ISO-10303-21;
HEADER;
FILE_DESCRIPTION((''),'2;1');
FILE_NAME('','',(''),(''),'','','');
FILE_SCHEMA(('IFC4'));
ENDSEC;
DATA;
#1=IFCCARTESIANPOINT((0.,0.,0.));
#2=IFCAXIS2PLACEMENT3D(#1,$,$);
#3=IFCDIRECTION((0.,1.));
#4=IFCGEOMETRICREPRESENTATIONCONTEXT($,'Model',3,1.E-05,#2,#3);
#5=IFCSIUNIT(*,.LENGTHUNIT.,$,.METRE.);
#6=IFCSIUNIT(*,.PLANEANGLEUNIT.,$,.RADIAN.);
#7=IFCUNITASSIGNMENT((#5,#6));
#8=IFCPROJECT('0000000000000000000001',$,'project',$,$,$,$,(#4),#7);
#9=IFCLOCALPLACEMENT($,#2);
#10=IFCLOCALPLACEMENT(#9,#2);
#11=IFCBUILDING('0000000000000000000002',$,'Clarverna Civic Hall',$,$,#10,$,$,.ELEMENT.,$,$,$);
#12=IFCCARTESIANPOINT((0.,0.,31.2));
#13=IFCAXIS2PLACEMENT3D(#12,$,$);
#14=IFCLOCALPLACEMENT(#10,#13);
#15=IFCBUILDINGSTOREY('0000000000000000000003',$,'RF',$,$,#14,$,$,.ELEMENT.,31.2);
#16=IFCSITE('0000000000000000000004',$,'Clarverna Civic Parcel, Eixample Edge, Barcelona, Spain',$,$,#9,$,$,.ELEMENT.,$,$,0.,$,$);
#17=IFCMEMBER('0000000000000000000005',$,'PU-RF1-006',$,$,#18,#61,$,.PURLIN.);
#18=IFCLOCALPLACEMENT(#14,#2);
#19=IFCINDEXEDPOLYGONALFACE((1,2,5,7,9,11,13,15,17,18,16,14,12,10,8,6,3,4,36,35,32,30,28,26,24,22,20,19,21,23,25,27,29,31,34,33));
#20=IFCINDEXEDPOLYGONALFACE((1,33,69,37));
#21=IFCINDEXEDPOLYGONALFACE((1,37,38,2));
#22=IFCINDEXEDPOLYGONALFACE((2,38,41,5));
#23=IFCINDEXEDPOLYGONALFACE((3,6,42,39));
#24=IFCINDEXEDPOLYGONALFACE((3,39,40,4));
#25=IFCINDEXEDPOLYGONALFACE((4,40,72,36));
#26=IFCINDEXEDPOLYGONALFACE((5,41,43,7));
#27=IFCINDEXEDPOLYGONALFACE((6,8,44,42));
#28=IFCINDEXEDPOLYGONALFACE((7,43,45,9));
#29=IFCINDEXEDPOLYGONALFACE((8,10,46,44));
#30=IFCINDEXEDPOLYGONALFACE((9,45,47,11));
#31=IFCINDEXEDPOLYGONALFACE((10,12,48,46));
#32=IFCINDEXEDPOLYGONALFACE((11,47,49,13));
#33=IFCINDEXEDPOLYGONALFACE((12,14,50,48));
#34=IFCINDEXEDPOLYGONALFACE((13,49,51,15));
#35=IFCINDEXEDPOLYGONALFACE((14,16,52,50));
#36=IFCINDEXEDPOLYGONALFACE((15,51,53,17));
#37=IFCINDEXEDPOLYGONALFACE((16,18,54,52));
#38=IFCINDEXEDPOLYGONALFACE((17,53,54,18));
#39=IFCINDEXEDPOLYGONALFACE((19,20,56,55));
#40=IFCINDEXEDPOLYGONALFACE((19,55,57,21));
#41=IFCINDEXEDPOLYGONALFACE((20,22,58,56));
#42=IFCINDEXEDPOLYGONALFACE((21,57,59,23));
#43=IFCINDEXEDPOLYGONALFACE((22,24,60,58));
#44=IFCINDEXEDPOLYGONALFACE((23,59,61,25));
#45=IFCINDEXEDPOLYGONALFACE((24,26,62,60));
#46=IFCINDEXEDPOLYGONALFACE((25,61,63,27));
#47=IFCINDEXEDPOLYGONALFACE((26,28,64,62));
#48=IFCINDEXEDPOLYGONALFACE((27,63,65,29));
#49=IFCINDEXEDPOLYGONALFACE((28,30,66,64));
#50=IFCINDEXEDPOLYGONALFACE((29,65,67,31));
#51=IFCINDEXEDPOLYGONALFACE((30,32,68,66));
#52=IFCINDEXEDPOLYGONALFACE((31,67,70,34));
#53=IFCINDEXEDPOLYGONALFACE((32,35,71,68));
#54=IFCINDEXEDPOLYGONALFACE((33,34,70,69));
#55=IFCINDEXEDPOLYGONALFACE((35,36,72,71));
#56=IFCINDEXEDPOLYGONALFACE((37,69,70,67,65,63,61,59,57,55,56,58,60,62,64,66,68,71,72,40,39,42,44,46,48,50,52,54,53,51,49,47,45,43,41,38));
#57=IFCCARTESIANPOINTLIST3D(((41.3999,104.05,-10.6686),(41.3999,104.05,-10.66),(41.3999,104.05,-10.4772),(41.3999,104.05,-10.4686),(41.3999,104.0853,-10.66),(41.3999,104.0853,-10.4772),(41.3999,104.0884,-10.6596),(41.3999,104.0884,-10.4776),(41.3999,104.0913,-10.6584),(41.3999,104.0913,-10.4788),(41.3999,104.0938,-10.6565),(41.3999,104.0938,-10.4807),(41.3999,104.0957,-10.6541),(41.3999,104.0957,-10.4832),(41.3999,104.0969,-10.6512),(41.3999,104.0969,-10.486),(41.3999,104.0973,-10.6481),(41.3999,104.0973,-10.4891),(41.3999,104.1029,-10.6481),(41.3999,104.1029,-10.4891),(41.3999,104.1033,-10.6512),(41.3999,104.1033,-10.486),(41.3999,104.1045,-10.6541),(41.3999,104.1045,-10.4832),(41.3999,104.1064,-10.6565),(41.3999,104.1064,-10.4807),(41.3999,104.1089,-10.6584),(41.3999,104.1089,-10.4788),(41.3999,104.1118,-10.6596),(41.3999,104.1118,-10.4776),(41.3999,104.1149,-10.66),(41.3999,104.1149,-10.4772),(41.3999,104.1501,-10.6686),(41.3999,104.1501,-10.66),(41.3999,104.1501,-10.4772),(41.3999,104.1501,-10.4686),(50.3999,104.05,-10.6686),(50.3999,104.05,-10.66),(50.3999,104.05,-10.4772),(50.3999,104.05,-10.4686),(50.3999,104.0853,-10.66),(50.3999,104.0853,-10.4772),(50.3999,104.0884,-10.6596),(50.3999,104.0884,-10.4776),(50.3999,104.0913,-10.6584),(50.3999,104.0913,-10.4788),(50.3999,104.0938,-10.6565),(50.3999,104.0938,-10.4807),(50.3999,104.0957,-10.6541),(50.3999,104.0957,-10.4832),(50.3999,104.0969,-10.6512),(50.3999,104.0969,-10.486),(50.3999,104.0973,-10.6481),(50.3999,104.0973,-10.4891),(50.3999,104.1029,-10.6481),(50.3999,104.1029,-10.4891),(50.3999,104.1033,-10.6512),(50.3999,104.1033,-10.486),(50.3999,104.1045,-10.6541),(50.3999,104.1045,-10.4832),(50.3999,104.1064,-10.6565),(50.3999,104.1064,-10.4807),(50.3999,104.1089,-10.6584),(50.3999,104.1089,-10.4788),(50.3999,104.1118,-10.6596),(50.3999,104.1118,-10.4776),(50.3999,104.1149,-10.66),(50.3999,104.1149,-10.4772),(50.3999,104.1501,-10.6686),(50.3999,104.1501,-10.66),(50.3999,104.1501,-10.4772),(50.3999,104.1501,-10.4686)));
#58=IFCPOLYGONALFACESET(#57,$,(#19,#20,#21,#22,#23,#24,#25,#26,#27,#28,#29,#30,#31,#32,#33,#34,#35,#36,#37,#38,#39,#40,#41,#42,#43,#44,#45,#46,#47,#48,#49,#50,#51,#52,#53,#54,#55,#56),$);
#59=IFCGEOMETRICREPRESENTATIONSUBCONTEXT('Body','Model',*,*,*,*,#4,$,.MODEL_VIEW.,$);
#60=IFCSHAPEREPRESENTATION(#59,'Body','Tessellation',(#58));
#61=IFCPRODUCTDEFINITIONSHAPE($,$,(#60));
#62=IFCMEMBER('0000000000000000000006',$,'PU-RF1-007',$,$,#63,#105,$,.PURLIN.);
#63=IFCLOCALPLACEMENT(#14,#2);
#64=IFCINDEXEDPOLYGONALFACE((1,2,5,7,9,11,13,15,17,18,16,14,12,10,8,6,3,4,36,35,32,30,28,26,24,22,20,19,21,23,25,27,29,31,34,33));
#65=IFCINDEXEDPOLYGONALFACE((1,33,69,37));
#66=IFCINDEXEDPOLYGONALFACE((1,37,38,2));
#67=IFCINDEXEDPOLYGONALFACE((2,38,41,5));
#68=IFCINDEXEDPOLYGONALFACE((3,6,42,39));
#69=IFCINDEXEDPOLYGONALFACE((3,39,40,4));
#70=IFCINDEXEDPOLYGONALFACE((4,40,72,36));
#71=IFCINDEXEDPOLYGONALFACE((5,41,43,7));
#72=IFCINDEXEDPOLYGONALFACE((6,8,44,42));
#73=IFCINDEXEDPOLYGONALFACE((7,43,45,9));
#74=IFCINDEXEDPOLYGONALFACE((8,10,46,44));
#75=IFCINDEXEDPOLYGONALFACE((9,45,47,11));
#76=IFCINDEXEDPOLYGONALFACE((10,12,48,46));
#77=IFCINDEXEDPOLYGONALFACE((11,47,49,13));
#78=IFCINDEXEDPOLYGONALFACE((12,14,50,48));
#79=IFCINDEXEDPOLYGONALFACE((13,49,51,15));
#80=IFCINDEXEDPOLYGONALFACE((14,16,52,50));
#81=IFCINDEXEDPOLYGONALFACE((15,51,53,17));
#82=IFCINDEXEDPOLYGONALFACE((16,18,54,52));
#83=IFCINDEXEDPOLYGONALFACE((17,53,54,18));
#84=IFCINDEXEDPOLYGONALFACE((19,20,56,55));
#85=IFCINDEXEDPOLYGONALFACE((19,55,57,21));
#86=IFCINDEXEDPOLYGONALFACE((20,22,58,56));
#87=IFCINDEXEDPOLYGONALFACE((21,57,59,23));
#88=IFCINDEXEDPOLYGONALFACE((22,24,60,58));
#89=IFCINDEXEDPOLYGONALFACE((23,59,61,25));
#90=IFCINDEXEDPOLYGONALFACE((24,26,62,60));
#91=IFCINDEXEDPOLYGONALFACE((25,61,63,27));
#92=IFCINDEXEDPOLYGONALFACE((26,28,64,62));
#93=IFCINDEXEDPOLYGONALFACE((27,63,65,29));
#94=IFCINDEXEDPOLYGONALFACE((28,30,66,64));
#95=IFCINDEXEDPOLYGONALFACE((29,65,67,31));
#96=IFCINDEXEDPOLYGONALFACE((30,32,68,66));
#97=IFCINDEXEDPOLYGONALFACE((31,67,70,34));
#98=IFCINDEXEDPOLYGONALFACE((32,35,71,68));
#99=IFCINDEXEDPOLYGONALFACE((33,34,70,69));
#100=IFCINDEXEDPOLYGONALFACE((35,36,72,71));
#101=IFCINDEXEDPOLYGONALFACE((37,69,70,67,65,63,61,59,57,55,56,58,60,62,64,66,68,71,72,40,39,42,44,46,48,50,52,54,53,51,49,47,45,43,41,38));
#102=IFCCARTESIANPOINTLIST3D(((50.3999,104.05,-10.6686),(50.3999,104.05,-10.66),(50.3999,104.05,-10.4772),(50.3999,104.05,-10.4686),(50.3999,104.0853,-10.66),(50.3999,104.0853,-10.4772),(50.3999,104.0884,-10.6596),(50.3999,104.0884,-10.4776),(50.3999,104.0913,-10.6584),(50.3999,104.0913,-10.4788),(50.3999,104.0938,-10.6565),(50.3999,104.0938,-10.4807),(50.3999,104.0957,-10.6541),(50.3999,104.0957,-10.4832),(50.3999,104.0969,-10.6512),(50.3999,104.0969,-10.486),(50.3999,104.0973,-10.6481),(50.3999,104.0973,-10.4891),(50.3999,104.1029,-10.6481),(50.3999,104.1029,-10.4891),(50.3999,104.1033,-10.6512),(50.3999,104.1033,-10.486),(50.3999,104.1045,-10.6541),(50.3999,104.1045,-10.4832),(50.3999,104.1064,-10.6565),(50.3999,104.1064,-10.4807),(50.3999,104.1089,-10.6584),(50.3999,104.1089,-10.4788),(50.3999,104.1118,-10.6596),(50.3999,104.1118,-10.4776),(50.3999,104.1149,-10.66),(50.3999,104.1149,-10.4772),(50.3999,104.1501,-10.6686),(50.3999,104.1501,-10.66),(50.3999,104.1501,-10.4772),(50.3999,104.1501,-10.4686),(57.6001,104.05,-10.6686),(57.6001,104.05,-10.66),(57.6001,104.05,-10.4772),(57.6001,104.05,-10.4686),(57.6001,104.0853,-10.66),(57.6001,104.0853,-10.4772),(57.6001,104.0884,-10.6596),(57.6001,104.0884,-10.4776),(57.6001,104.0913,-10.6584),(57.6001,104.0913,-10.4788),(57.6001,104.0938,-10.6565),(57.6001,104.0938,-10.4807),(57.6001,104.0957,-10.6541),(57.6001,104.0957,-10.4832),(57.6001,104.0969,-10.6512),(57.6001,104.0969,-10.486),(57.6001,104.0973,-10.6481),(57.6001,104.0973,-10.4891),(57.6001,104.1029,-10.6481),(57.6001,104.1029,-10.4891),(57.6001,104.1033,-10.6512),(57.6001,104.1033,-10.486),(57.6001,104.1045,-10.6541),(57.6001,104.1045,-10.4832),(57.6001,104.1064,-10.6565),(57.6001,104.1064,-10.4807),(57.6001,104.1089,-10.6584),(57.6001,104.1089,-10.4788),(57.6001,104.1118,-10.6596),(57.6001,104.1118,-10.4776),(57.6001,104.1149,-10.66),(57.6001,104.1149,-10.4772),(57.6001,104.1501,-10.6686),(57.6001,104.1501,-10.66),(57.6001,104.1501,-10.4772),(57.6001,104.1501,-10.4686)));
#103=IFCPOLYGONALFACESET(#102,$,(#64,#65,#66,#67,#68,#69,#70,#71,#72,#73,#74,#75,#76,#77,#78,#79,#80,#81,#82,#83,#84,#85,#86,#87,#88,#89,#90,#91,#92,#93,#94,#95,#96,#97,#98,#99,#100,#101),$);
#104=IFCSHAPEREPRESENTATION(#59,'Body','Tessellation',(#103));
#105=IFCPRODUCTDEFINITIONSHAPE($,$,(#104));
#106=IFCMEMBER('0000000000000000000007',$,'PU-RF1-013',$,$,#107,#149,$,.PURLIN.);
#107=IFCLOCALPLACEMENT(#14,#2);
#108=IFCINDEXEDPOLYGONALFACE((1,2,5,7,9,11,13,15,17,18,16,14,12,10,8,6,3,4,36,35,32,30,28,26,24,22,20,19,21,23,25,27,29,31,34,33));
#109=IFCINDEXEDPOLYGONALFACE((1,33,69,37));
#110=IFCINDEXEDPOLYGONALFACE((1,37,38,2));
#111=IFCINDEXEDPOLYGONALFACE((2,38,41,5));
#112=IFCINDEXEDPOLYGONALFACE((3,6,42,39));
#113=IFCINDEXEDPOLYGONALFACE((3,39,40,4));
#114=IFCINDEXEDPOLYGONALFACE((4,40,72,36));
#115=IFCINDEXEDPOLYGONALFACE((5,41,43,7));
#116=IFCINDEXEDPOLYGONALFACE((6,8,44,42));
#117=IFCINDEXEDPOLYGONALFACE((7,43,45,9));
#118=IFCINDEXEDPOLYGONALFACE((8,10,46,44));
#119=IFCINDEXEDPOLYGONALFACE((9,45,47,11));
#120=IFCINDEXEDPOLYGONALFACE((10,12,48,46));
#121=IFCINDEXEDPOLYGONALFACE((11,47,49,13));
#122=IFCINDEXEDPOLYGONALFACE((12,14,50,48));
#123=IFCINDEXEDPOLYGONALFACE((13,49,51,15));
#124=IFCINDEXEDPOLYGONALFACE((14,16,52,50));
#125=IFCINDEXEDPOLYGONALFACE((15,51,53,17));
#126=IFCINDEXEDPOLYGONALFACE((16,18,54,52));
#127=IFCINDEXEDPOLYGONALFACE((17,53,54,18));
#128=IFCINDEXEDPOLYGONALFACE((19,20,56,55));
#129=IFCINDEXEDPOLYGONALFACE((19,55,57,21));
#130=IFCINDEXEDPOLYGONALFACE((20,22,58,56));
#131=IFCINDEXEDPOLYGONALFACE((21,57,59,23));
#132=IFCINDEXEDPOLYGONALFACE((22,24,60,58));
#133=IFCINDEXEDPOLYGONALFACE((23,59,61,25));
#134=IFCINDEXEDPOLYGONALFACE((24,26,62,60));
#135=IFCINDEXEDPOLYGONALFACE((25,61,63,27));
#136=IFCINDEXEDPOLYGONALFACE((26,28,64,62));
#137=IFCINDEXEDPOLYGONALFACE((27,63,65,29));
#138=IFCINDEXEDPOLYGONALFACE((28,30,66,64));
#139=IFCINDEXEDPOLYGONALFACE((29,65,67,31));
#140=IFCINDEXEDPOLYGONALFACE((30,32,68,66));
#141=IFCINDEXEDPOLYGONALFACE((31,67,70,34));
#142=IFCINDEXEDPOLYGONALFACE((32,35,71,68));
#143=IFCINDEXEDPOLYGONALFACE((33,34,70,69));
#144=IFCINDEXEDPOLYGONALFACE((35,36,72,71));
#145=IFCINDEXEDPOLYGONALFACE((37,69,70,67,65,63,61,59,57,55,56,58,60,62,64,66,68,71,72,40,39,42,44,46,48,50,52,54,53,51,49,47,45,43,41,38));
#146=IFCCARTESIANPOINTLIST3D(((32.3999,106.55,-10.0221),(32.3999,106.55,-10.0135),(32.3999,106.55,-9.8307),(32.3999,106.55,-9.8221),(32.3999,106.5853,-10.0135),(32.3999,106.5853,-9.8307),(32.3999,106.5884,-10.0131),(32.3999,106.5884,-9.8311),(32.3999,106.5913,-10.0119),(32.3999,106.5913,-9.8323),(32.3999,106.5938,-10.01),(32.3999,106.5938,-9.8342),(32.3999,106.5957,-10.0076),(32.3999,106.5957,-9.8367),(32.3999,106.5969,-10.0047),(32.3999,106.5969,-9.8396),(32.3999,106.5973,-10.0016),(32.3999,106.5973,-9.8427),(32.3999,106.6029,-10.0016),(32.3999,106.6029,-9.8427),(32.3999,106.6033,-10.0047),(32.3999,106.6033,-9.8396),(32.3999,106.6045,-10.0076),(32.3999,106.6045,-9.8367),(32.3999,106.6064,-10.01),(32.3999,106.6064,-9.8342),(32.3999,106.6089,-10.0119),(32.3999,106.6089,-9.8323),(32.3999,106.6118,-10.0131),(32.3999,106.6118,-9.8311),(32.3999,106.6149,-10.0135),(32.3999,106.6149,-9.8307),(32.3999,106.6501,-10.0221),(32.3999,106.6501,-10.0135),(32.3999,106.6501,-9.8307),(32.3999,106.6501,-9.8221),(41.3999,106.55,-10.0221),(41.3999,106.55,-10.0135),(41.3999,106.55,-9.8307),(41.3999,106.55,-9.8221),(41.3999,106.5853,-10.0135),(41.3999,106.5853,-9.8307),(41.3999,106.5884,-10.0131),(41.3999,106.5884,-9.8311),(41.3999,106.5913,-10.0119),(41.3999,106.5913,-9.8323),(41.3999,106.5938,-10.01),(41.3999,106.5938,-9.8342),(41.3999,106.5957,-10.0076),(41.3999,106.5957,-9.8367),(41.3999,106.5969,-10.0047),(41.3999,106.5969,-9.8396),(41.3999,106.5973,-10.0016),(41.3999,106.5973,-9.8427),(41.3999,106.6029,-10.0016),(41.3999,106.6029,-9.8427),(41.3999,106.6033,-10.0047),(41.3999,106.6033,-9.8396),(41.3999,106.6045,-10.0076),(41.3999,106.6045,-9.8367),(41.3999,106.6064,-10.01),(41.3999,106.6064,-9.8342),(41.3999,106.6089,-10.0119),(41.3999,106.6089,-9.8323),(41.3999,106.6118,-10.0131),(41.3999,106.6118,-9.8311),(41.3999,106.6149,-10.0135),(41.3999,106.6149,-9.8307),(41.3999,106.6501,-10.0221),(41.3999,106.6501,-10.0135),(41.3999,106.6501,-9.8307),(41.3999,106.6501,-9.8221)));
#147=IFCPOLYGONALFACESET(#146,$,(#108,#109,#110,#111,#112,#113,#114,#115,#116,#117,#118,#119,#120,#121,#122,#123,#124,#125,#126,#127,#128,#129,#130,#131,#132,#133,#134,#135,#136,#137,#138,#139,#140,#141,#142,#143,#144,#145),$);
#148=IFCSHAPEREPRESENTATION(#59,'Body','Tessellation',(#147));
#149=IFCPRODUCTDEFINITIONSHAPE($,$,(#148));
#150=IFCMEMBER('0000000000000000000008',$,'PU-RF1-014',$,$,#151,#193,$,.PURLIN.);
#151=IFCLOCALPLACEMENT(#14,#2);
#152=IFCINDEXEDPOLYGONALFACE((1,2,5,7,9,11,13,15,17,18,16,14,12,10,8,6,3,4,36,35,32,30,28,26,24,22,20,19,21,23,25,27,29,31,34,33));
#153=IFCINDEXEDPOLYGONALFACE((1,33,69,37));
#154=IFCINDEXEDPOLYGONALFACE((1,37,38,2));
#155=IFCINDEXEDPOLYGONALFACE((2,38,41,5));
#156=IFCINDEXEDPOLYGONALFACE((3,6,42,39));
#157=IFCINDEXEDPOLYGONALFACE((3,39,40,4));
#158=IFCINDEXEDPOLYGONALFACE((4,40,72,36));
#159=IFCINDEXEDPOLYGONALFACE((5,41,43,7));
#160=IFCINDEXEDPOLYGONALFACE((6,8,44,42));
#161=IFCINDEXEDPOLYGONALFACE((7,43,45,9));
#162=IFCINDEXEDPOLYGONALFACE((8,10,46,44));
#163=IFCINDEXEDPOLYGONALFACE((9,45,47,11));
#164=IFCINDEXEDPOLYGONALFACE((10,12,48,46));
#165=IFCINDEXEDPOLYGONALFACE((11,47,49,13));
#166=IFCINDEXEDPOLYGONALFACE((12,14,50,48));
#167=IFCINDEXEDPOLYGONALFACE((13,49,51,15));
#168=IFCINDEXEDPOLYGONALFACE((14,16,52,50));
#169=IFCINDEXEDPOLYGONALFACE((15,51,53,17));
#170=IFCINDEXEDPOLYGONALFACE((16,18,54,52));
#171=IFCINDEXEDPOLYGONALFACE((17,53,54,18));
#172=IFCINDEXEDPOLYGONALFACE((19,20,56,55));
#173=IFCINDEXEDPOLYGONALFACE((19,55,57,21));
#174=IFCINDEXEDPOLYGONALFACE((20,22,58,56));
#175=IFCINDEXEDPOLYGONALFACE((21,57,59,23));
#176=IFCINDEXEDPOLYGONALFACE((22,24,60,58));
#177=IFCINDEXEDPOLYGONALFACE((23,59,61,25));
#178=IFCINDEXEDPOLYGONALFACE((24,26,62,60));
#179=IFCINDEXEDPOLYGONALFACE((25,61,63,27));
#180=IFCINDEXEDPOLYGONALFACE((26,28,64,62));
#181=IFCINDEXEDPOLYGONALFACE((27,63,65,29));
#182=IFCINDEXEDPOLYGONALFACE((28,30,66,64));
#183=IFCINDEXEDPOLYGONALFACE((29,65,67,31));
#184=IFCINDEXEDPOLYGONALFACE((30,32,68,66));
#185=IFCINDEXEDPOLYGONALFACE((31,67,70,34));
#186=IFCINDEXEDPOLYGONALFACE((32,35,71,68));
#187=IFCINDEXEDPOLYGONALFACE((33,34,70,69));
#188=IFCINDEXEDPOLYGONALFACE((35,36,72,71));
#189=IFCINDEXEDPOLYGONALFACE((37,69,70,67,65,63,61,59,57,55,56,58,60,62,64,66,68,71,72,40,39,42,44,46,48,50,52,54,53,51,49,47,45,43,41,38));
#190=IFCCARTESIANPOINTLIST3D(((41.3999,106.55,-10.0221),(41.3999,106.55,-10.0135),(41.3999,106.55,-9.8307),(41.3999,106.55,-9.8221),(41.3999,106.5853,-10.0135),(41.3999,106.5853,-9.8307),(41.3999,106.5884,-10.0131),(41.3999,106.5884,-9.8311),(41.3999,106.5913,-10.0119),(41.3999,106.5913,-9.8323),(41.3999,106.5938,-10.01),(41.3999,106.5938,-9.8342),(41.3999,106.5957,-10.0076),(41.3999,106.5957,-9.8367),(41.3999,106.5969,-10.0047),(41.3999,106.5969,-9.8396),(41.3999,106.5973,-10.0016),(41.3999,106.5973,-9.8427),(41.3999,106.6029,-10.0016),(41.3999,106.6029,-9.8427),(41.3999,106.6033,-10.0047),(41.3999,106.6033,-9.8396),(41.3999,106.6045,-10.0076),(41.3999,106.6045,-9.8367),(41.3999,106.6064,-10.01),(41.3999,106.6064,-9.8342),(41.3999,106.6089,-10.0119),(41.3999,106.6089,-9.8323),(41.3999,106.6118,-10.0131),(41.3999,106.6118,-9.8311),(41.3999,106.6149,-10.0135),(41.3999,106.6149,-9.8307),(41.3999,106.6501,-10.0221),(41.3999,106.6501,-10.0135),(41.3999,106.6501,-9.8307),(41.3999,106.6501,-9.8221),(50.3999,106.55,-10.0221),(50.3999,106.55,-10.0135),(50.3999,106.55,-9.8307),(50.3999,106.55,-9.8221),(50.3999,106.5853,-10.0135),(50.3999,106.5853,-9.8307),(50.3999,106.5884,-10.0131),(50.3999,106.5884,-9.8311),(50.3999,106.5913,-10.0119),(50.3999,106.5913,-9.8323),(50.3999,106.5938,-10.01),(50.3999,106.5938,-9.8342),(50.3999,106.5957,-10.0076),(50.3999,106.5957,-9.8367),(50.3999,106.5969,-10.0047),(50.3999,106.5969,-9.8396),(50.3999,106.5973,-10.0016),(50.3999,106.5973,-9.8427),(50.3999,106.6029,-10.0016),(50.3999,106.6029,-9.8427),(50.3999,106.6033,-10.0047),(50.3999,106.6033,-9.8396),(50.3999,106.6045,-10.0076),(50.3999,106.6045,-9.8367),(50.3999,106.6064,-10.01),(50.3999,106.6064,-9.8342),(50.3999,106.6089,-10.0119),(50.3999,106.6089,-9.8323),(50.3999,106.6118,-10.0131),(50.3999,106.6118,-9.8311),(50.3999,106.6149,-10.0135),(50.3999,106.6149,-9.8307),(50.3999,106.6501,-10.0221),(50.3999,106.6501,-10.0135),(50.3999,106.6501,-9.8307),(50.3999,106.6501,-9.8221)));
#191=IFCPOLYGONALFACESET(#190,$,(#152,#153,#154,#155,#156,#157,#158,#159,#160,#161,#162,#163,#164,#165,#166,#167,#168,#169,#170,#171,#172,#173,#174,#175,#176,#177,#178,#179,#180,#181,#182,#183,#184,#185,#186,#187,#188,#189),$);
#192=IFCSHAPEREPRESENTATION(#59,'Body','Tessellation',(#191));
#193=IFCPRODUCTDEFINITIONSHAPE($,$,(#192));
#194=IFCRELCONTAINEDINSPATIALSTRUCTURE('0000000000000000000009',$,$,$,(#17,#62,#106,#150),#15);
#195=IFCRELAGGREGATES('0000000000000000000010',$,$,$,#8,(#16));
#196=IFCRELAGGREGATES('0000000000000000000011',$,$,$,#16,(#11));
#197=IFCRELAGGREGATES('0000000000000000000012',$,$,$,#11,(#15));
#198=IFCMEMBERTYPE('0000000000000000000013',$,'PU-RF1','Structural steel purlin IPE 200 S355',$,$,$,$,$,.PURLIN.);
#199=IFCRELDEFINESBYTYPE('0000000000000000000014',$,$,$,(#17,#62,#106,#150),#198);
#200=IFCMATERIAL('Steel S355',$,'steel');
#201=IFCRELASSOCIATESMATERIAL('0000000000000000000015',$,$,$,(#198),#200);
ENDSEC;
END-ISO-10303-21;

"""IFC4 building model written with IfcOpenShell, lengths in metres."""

from ifc_helpers import new_model, si_unit, direction, frame, origin, origin_2d, place, context, subcontext, project, spatial, i_section, extrude, material, material_profile, profile_set, type_object, element, save


model = new_model("IFC4")

# Units and contexts
model_context = context("Model", 3, precision=1e-05, world=origin(), true_north=direction((0.0, 1.0)))
body_context = subcontext(model_context, "Body", "Model", "MODEL_VIEW")
ifc_project = project(units=[si_unit("LENGTHUNIT", "METRE"), si_unit("PLANEANGLEUNIT", "RADIAN")], contexts=[model_context])

# Site, building, storey
site_placement = place(None, origin())
site = spatial("IfcSite", under=ifc_project, at=site_placement, Name="Clarverna Civic Parcel, Eixample Edge, Barcelona, Spain", CompositionType="ELEMENT", RefElevation=0.0)
building_placement = place(site_placement, origin())
building = spatial("IfcBuilding", under=site, at=building_placement, Name="Clarverna Civic Hall", CompositionType="ELEMENT")
storey_placement = place(building_placement, frame((0.0, 0.0, 31.2)))
storey = spatial("IfcBuildingStorey", under=building, at=storey_placement, Name="RF", CompositionType="ELEMENT", Elevation=31.2)

# Members
ifc_material_1 = material(Name="Steel S355", Category="steel")
ifc_material_profile_1 = material_profile(ifc_material_1, i_section(OverallWidth=0.1001, OverallDepth=0.2, WebThickness=0.0056, FlangeThickness=0.0085, FilletRadius=0.012, at=origin_2d()), Name="IPE 200")
ifc_profile_set_1 = profile_set([ifc_material_profile_1], Name="Steel S355")
member_type_1 = type_object("IfcMemberType", Name="PU-RF1", Description="Structural steel purlin IPE 200 S355", PredefinedType="PURLIN", material=ifc_profile_set_1)
member_1_placement = place(storey_placement, frame((41.3999, 104.1001, -10.5686), z_axis=(1.0, 0.0, 0.0), x_axis=(0.0, 1.0, 0.0)))
element("IfcMember", 1, at=member_1_placement, inside=storey, type_object=member_type_1, Name="PU-RF1-006", PredefinedType="PURLIN", context=body_context, shape_type="SweptSolid", body=[
    extrude(i_section(OverallWidth=0.1001, OverallDepth=0.2, WebThickness=0.0056, FlangeThickness=0.0085, FilletRadius=0.012, at=origin_2d()), origin(), (0.0, 0.0, 1.0), 9.0),
])
member_2_placement = place(storey_placement, frame((50.3999, 104.1001, -10.5686), z_axis=(1.0, 0.0, 0.0), x_axis=(0.0, 1.0, 0.0)))
element("IfcMember", 2, at=member_2_placement, inside=storey, type_object=member_type_1, Name="PU-RF1-007", PredefinedType="PURLIN", context=body_context, shape_type="SweptSolid", body=[
    extrude(i_section(OverallWidth=0.1001, OverallDepth=0.2, WebThickness=0.0056, FlangeThickness=0.0085, FilletRadius=0.012, at=origin_2d()), origin(), (0.0, 0.0, 1.0), 7.2002),
])
for number, where, z_axis, x_axis, name in (
    (3, (32.3999, 106.6001, -9.9221), (1.0, 0.0, 0.0), (0.0, 1.0, 0.0), "PU-RF1-013"),
    (4, (41.3999, 106.6001, -9.9221), (1.0, 0.0, 0.0), (0.0, 1.0, 0.0), "PU-RF1-014"),
):
    element("IfcMember", number, at=place(storey_placement, frame(where, z_axis=z_axis, x_axis=x_axis)), inside=storey, type_object=member_type_1, Name=name, PredefinedType="PURLIN", context=body_context, shape_type="SweptSolid", body=[
        extrude(i_section(OverallWidth=0.1001, OverallDepth=0.2, WebThickness=0.0056, FlangeThickness=0.0085, FilletRadius=0.012, at=origin_2d()), origin(), (0.0, 0.0, 1.0), 9.0),
    ])

save(model, "model.ifc")
